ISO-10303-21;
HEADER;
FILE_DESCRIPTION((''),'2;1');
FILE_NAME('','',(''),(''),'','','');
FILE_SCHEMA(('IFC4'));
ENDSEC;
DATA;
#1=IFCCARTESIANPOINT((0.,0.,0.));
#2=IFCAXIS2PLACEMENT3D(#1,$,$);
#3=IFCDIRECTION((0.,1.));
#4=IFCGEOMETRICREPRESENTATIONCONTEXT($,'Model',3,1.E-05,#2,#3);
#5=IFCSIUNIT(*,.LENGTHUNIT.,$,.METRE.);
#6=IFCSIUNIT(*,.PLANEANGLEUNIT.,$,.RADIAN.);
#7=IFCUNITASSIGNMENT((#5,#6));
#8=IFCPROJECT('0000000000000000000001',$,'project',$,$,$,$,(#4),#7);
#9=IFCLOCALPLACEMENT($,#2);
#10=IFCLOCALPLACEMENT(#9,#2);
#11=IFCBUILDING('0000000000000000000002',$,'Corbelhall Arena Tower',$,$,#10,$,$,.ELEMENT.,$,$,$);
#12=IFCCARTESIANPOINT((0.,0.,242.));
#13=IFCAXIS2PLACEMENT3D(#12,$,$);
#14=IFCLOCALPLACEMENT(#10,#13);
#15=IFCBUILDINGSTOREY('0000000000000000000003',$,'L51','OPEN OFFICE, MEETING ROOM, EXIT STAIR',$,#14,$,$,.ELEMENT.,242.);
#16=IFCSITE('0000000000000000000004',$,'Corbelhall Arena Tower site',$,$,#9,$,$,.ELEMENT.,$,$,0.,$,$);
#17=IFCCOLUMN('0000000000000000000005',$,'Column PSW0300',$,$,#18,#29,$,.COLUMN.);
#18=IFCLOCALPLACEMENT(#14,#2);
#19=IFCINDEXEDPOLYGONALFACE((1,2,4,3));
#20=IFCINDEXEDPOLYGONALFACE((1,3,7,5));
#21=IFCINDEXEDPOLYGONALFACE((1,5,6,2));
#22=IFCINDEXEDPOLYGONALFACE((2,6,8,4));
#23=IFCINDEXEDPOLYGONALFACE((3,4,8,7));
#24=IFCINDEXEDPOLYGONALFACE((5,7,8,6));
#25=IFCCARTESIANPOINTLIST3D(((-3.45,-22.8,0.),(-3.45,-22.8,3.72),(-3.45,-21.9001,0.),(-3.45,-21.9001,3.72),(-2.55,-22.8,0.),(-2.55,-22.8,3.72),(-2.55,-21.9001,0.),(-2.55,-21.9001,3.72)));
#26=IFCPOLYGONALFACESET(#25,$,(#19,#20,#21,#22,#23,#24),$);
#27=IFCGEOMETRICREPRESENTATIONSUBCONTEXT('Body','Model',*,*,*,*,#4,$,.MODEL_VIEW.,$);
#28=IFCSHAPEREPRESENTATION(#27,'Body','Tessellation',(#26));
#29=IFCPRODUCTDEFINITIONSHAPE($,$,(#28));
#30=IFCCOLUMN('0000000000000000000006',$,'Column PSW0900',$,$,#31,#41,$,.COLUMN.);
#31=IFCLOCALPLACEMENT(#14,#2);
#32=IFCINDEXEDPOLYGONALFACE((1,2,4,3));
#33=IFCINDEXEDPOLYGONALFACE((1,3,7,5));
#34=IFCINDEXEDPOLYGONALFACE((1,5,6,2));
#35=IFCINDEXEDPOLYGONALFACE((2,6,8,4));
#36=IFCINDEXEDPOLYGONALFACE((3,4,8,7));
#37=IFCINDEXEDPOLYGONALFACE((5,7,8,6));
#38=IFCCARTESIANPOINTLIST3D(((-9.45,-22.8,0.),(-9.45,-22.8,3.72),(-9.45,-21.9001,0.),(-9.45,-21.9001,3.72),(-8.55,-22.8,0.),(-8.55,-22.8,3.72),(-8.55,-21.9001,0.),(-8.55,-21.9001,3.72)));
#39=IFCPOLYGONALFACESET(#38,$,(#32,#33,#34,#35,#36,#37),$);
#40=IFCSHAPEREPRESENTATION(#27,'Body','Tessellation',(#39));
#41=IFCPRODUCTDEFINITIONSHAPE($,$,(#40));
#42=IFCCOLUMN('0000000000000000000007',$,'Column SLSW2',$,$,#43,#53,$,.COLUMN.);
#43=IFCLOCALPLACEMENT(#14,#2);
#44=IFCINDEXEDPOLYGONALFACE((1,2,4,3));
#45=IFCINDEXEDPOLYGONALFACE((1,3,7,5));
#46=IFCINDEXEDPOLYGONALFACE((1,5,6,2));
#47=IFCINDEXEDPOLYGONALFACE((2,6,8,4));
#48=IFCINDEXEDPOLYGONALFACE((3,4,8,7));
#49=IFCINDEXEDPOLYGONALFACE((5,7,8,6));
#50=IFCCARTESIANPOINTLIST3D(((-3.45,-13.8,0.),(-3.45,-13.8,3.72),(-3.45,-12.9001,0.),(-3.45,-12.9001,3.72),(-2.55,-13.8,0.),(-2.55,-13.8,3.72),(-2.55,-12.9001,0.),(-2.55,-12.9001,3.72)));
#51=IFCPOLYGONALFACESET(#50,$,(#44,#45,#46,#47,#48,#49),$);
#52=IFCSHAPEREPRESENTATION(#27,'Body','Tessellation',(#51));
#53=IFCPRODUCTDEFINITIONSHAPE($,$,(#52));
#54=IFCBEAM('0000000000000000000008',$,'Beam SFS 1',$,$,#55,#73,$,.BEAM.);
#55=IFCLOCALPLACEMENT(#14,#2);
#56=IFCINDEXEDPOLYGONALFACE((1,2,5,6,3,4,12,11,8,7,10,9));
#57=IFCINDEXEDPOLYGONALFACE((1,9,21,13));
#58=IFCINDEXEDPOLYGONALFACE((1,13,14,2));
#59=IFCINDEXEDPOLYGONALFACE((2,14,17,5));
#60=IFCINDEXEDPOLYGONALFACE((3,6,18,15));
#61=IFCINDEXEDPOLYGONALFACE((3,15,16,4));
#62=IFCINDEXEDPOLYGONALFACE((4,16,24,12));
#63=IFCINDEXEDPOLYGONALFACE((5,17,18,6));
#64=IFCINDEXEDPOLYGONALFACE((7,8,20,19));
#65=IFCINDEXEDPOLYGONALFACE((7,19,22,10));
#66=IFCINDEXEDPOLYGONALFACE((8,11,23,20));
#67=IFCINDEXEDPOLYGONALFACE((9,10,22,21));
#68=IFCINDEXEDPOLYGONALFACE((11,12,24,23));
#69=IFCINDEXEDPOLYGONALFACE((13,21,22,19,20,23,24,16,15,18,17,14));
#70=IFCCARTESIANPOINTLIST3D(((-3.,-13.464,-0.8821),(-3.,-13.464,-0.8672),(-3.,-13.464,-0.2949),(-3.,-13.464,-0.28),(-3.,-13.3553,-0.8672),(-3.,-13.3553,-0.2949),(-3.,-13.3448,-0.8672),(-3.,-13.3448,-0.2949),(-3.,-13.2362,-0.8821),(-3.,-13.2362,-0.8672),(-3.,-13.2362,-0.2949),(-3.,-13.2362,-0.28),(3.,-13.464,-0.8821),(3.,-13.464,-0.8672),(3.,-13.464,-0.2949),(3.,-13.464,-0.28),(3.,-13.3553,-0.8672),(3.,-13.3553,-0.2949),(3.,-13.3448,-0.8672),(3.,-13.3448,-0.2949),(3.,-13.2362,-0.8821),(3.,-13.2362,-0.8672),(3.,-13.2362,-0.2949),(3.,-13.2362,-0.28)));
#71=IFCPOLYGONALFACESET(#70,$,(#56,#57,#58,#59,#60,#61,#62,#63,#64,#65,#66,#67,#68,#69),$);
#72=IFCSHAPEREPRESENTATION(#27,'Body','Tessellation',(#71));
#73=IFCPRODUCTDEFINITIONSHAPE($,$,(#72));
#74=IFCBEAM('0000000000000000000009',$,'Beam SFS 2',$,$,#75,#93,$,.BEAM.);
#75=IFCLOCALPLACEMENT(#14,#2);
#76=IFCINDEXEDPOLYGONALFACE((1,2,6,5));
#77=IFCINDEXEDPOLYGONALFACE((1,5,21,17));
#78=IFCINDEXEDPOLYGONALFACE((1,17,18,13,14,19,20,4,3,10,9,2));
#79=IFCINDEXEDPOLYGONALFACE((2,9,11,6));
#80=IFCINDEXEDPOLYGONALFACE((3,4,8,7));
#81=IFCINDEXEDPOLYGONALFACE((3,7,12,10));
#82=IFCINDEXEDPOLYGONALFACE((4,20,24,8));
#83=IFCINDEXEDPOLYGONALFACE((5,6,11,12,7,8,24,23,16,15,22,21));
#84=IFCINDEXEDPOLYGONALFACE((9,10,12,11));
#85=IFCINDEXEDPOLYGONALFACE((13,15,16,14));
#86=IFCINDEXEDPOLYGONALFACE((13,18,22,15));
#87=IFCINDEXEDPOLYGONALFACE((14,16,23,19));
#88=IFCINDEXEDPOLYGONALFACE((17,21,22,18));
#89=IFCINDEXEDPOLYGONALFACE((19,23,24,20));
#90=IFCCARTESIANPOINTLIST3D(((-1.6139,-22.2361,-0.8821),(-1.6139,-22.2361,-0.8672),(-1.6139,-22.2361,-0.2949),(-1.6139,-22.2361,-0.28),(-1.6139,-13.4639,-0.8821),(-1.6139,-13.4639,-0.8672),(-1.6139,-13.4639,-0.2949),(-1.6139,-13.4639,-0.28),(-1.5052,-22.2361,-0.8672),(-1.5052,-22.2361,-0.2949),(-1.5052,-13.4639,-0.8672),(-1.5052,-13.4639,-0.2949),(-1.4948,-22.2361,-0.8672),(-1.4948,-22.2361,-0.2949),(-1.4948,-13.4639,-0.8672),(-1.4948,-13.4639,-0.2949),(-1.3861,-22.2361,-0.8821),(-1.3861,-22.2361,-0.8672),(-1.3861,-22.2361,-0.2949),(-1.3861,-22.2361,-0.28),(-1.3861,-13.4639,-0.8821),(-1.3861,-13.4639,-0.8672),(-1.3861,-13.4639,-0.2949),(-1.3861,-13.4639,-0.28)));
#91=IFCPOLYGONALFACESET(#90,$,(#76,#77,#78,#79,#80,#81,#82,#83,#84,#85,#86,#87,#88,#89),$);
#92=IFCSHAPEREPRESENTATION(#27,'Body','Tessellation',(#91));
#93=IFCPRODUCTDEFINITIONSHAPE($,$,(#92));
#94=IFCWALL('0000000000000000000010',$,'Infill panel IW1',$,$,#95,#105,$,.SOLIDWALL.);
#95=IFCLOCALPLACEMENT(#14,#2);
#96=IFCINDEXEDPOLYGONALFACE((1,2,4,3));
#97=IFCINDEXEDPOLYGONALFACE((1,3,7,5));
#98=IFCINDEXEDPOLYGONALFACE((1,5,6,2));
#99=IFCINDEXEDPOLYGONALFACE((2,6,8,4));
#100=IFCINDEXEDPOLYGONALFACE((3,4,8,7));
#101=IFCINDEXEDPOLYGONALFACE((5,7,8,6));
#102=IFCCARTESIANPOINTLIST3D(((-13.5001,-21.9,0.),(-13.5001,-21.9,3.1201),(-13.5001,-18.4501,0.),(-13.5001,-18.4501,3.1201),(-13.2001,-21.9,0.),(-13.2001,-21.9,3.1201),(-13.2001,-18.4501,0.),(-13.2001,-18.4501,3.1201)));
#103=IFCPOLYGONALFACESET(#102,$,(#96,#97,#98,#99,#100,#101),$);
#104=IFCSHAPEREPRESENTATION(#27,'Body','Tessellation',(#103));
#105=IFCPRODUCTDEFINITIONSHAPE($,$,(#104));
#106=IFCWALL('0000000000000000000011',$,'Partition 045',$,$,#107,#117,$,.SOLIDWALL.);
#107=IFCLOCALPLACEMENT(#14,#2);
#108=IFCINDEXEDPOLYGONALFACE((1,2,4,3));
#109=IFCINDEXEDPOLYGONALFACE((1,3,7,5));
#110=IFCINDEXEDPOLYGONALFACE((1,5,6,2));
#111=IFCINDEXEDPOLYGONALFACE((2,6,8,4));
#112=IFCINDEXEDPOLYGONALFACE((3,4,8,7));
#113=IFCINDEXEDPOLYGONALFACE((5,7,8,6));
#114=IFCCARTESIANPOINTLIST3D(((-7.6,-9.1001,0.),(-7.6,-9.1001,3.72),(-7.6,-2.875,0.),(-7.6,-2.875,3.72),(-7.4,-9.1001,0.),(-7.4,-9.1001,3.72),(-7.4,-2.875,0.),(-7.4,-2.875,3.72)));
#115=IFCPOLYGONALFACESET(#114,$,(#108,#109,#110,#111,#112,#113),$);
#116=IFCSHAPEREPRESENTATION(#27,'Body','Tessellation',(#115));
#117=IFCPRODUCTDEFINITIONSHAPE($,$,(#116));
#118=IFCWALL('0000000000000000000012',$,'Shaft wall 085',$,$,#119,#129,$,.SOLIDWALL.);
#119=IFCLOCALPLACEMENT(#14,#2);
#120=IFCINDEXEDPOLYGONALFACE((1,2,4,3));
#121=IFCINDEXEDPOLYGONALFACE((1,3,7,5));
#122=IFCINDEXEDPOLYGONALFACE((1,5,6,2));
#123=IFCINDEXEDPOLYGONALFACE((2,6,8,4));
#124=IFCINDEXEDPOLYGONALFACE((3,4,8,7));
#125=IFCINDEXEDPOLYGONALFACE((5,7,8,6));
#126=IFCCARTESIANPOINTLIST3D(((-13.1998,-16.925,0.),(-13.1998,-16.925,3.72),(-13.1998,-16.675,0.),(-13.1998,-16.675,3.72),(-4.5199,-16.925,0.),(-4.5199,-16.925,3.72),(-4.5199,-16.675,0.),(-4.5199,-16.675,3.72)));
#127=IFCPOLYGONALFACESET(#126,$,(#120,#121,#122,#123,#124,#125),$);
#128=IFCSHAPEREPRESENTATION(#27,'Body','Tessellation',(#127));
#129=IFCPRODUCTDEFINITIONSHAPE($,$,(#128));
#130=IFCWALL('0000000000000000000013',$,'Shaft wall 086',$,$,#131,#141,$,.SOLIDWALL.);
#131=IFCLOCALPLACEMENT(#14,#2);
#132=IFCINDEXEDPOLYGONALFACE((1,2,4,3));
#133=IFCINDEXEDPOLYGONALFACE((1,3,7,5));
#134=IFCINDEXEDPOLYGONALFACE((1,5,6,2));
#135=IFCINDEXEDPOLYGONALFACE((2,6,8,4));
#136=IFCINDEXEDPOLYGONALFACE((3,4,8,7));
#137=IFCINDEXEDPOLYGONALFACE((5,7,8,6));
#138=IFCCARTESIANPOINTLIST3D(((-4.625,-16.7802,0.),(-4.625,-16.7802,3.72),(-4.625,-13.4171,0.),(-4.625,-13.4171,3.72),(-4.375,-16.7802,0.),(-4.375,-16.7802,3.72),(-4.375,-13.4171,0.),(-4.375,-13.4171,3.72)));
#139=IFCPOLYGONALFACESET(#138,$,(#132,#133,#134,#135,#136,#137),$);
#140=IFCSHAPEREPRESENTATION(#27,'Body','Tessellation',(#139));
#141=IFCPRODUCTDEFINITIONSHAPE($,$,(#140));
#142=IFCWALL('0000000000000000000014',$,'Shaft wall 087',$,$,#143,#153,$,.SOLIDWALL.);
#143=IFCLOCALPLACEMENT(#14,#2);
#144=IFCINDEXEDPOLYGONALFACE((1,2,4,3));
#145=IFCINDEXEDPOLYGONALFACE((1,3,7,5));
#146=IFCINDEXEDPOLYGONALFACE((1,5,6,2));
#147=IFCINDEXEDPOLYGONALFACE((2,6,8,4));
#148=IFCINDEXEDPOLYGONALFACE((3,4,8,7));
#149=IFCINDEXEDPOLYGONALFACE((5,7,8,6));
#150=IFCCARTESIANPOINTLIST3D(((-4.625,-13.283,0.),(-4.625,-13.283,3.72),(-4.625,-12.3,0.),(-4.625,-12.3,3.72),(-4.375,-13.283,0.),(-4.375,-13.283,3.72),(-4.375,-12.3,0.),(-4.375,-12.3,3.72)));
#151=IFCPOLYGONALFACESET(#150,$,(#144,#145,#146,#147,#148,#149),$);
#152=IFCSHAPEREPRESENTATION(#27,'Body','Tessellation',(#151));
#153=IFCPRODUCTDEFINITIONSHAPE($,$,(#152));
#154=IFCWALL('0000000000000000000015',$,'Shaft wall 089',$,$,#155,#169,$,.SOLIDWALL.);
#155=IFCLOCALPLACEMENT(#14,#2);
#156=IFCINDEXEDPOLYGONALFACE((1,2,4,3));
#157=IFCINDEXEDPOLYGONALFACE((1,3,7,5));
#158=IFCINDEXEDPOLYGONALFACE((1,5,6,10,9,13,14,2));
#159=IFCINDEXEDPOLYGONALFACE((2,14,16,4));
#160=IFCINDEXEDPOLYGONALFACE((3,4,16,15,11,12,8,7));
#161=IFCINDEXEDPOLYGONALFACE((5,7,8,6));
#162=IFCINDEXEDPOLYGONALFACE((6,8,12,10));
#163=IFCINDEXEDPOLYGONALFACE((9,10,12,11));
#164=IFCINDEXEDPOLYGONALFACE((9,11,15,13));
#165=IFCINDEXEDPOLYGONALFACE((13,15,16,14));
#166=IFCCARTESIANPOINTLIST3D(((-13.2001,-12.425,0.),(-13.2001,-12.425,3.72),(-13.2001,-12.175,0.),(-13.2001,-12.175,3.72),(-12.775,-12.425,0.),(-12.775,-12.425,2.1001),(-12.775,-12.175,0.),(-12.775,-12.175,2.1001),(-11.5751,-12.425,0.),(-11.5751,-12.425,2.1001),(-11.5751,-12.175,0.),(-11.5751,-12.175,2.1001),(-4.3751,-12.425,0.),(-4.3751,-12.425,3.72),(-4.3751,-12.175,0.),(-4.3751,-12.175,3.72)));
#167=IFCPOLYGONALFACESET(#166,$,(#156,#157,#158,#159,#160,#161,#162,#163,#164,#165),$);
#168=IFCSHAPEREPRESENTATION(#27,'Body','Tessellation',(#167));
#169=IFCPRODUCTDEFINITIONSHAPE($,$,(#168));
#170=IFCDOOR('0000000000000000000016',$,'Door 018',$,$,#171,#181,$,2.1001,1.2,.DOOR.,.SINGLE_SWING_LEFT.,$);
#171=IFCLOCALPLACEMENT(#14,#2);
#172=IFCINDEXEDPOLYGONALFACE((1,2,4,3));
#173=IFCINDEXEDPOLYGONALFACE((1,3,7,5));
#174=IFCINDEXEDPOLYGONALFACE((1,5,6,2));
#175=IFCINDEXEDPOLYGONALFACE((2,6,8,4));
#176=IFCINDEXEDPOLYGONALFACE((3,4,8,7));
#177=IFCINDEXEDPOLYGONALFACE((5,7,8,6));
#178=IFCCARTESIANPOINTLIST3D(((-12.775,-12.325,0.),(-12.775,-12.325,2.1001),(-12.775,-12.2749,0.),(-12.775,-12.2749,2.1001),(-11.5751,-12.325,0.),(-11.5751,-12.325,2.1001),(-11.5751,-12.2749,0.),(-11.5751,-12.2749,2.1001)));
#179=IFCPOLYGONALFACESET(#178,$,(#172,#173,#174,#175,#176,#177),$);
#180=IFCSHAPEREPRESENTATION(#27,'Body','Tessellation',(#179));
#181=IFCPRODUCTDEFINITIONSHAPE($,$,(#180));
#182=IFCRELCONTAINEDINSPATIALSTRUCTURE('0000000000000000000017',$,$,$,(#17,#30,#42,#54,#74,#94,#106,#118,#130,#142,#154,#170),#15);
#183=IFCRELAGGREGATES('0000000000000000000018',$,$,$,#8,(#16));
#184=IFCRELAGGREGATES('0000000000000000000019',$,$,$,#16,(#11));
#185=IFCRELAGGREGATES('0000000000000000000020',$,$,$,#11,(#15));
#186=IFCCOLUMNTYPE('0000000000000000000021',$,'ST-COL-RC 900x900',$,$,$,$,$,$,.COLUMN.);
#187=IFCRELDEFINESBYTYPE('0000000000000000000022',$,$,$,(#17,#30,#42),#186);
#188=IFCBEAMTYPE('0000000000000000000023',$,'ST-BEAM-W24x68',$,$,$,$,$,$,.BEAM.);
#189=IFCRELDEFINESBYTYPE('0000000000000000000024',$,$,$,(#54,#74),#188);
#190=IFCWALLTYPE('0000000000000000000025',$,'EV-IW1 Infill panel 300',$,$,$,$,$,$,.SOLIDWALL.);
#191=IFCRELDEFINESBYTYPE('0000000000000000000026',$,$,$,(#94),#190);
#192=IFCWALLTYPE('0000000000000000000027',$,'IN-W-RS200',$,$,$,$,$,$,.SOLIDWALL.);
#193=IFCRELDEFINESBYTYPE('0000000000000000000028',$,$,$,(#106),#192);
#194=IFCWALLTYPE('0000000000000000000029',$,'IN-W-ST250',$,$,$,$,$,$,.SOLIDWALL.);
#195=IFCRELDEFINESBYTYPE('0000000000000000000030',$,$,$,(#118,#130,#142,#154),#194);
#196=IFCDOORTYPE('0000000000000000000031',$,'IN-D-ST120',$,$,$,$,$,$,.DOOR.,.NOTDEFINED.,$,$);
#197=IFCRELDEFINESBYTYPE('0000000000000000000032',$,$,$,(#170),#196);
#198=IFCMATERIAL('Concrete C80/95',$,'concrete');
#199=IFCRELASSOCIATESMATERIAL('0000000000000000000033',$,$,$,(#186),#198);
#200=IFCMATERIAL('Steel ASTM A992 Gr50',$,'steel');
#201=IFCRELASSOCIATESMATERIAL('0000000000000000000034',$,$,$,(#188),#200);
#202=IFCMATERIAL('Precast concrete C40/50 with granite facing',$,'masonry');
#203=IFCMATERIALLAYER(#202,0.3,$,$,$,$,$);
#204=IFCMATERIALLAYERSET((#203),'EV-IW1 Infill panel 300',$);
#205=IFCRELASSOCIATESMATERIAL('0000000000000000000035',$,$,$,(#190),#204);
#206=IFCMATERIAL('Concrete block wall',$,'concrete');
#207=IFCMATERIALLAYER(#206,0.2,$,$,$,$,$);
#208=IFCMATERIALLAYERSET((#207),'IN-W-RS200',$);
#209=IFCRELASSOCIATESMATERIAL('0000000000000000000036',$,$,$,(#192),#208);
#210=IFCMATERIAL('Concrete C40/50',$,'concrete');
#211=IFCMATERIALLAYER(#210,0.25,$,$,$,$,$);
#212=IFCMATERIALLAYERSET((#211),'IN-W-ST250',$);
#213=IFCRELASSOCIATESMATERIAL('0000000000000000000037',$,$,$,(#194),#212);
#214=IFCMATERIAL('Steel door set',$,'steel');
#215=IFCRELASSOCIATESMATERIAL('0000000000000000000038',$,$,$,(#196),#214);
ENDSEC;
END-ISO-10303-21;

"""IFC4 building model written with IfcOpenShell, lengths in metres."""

from ifc_helpers import new_model, si_unit, direction, frame, frame_2d, origin, origin_2d, place, context, subcontext, project, spatial, rectangle, i_section, extrude, material, layer, layer_set, material_profile, profile_set, type_object, element, fill, save


model = new_model("IFC4")

# Units and contexts
model_context = context("Model", 3, precision=1e-05, world=origin(), true_north=direction((0.0, 1.0)))
body_context = subcontext(model_context, "Body", "Model", "MODEL_VIEW")
ifc_project = project(units=[si_unit("LENGTHUNIT", "METRE"), si_unit("PLANEANGLEUNIT", "RADIAN")], contexts=[model_context])

# Site, building, storey
site_placement = place(None, origin())
site = spatial("IfcSite", under=ifc_project, at=site_placement, Name="Corbelhall Arena Tower site", CompositionType="ELEMENT", RefElevation=0.0)
building_placement = place(site_placement, origin())
building = spatial("IfcBuilding", under=site, at=building_placement, Name="Corbelhall Arena Tower", CompositionType="ELEMENT")
storey_placement = place(building_placement, frame((0.0, 0.0, 242.0)))
storey = spatial("IfcBuildingStorey", under=building, at=storey_placement, Name="L51", Description="OPEN OFFICE, MEETING ROOM, EXIT STAIR", CompositionType="ELEMENT", Elevation=242.0)

# Columns
ifc_material_1 = material(Name="Concrete C80/95", Category="concrete")
ifc_material_profile_1 = material_profile(ifc_material_1, rectangle(XDim=0.8999, YDim=0.8999, at=origin_2d()))
ifc_profile_set_1 = profile_set([ifc_material_profile_1], Name="Concrete C80/95")
column_type = type_object("IfcColumnType", Name="ST-COL-RC 900x900", PredefinedType="COLUMN", material=ifc_profile_set_1)
for number, where, z_axis, x_axis, name in (
    (1, (-3.0, -22.3501, 0.0), (0.0, 0.0, 1.0), (1.0, 0.0, 0.0), "Column PSW0300"),
    (2, (-9.0, -22.3501, 0.0), (0.0, 0.0, 1.0), (1.0, 0.0, 0.0), "Column PSW0900"),
    (3, (-3.0, -13.3501, 0.0), (0.0, 0.0, 1.0), (1.0, 0.0, 0.0), "Column SLSW2"),
):
    element("IfcColumn", number, at=place(storey_placement, frame(where, z_axis=z_axis, x_axis=x_axis)), inside=storey, type_object=column_type, Name=name, PredefinedType="COLUMN", context=body_context, shape_type="SweptSolid", body=[
        extrude(rectangle(XDim=0.8999, YDim=0.8999, at=origin_2d()), origin(), (0.0, 0.0, 1.0), 3.72),
    ])

# Beams
ifc_material_2 = material(Name="Steel ASTM A992 Gr50", Category="steel")
ifc_material_profile_2 = material_profile(ifc_material_2, i_section(OverallWidth=0.2278, OverallDepth=0.6021, WebThickness=0.0105, FlangeThickness=0.0149, at=origin_2d()))
ifc_profile_set_2 = profile_set([ifc_material_profile_2], Name="Steel ASTM A992 Gr50")
beam_type = type_object("IfcBeamType", Name="ST-BEAM-W24x68", PredefinedType="BEAM", material=ifc_profile_set_2)
beam_1_placement = place(storey_placement, frame((-3.0, -13.3501, -0.5811), z_axis=(1.0, 0.0, 0.0), x_axis=(0.0, 1.0, 0.0)))
element("IfcBeam", 4, at=beam_1_placement, inside=storey, type_object=beam_type, Name="Beam SFS 1", PredefinedType="BEAM", context=body_context, shape_type="SweptSolid", body=[
    extrude(i_section(OverallWidth=0.2278, OverallDepth=0.6021, WebThickness=0.0105, FlangeThickness=0.0149, at=origin_2d()), origin(), (0.0, 0.0, 1.0), 6.0),
])
beam_2_placement = place(storey_placement, frame((-1.5, -13.4639, -0.5811), z_axis=(0.0, -1.0, 0.0), x_axis=(1.0, 0.0, 0.0)))
element("IfcBeam", 5, at=beam_2_placement, inside=storey, type_object=beam_type, Name="Beam SFS 2", PredefinedType="BEAM", context=body_context, shape_type="SweptSolid", body=[
    extrude(i_section(OverallWidth=0.2278, OverallDepth=0.6021, WebThickness=0.0105, FlangeThickness=0.0149, at=origin_2d()), origin(), (0.0, 0.0, 1.0), 8.7722),
])

# Shared definitions
ifc_material_3 = material(Name="Precast concrete C40/50 with granite facing", Category="masonry")
ifc_layer_1 = layer(ifc_material_3, 0.3)
ifc_layer_set_1 = layer_set([ifc_layer_1], Name="EV-IW1 Infill panel 300")
wall_type_1 = type_object("IfcWallType", Name="EV-IW1 Infill panel 300", PredefinedType="SOLIDWALL", material=ifc_layer_set_1)

# Walls
wall_1_placement = place(storey_placement, frame((-13.3501, -18.45, 0.0), z_axis=(0.0, 0.0, 1.0), x_axis=(0.0, -1.0, 0.0)))
element("IfcWall", 6, at=wall_1_placement, inside=storey, type_object=wall_type_1, Name="Infill panel IW1", PredefinedType="SOLIDWALL", context=body_context, shape_type="SweptSolid", body=[
    extrude(rectangle(XDim=3.45, YDim=0.3, at=frame_2d((1.7251, 0.0))), origin(), (0.0, 0.0, 1.0), 3.1201),
])
ifc_material_4 = material(Name="Concrete block wall", Category="concrete")
ifc_layer_2 = layer(ifc_material_4, 0.2)
ifc_layer_set_2 = layer_set([ifc_layer_2], Name="IN-W-RS200")
wall_type_2 = type_object("IfcWallType", Name="IN-W-RS200", PredefinedType="SOLIDWALL", material=ifc_layer_set_2)
wall_2_placement = place(storey_placement, frame((-7.5, -9.1001, 0.0), z_axis=(0.0, 0.0, 1.0), x_axis=(0.0, 1.0, 0.0)))
element("IfcWall", 7, at=wall_2_placement, inside=storey, type_object=wall_type_2, Name="Partition 045", PredefinedType="SOLIDWALL", context=body_context, shape_type="SweptSolid", body=[
    extrude(rectangle(XDim=6.2251, YDim=0.2, at=frame_2d((3.1125, 0.0))), origin(), (0.0, 0.0, 1.0), 3.72),
])
ifc_material_5 = material(Name="Concrete C40/50", Category="concrete")
ifc_layer_3 = layer(ifc_material_5, 0.25)
ifc_layer_set_3 = layer_set([ifc_layer_3], Name="IN-W-ST250")
wall_type_3 = type_object("IfcWallType", Name="IN-W-ST250", PredefinedType="SOLIDWALL", material=ifc_layer_set_3)
wall_3_placement = place(storey_placement, frame((-4.52, -16.8, 0.0), z_axis=(0.0, 0.0, 1.0), x_axis=(-1.0, 0.0, 0.0)))
element("IfcWall", 8, at=wall_3_placement, inside=storey, type_object=wall_type_3, Name="Shaft wall 085", PredefinedType="SOLIDWALL", context=body_context, shape_type="SweptSolid", body=[
    extrude(rectangle(XDim=8.6799, YDim=0.25, at=frame_2d((4.3398, 0.0))), origin(), (0.0, 0.0, 1.0), 3.72),
])
wall_4_placement = place(storey_placement, frame((-4.5, -13.417, 0.0), z_axis=(0.0, 0.0, 1.0), x_axis=(0.0, -1.0, 0.0)))
element("IfcWall", 9, at=wall_4_placement, inside=storey, type_object=wall_type_3, Name="Shaft wall 086", PredefinedType="SOLIDWALL", context=body_context, shape_type="SweptSolid", body=[
    extrude(rectangle(XDim=3.363, YDim=0.25, at=frame_2d((1.6816, 0.0))), origin(), (0.0, 0.0, 1.0), 3.72),
])
wall_5_placement = place(storey_placement, frame((-4.5, -12.3, 0.0), z_axis=(0.0, 0.0, 1.0), x_axis=(0.0, -1.0, 0.0)))
element("IfcWall", 10, at=wall_5_placement, inside=storey, type_object=wall_type_3, Name="Shaft wall 087", PredefinedType="SOLIDWALL", context=body_context, shape_type="SweptSolid", body=[
    extrude(rectangle(XDim=0.9829, YDim=0.25, at=frame_2d((0.4915, 0.0))), origin(), (0.0, 0.0, 1.0), 3.72),
])

# Wall, opening, door
wall_6_placement = place(storey_placement, frame((-4.375, -12.3, 0.0), z_axis=(0.0, 0.0, 1.0), x_axis=(-1.0, 0.0, 0.0)))
wall_6 = element("IfcWall", 11, at=wall_6_placement, inside=storey, type_object=wall_type_3, Name="Shaft wall 089", PredefinedType="SOLIDWALL", context=body_context, shape_type="SweptSolid", body=[
    extrude(rectangle(XDim=8.825, YDim=0.25, at=frame_2d((4.4126, 0.0))), origin(), (0.0, 0.0, 1.0), 3.72),
])
opening_1_placement = place(wall_6_placement, frame((7.2, 0.0, 0.0)))
opening_1 = element("IfcOpeningElement", 12, at=opening_1_placement, cuts=wall_6, PredefinedType="OPENING", context=body_context, shape_type="SweptSolid", body=[
    extrude(rectangle(XDim=1.2, YDim=2.1001, at=frame_2d((0.6001, 1.05))), frame((0.0, 0.125, 0.0), z_axis=(0.0, -1.0, 0.0), x_axis=(1.0, 0.0, 0.0)), (0.0, 0.0, 1.0), 0.25),
])
ifc_material_6 = material(Name="Steel door set", Category="steel")
door_type = type_object("IfcDoorType", Name="IN-D-ST120", OperationType="NOTDEFINED", PredefinedType="DOOR", material=ifc_material_6)
door_placement = place(opening_1_placement, origin())
door = element("IfcDoor", 13, at=door_placement, inside=storey, type_object=door_type, Name="Door 018", OperationType="SINGLE_SWING_LEFT", OverallHeight=2.1001, OverallWidth=1.2, PredefinedType="DOOR", context=body_context, shape_type="SweptSolid", body=[
    extrude(rectangle(XDim=1.2, YDim=2.1001, at=frame_2d((0.6001, 1.05))), frame((0.0, 0.0249, 0.0), z_axis=(0.0, -1.0, 0.0), x_axis=(1.0, 0.0, 0.0)), (0.0, 0.0, 1.0), 0.05),
])
fill(opening_1, door)

save(model, "model.ifc")
